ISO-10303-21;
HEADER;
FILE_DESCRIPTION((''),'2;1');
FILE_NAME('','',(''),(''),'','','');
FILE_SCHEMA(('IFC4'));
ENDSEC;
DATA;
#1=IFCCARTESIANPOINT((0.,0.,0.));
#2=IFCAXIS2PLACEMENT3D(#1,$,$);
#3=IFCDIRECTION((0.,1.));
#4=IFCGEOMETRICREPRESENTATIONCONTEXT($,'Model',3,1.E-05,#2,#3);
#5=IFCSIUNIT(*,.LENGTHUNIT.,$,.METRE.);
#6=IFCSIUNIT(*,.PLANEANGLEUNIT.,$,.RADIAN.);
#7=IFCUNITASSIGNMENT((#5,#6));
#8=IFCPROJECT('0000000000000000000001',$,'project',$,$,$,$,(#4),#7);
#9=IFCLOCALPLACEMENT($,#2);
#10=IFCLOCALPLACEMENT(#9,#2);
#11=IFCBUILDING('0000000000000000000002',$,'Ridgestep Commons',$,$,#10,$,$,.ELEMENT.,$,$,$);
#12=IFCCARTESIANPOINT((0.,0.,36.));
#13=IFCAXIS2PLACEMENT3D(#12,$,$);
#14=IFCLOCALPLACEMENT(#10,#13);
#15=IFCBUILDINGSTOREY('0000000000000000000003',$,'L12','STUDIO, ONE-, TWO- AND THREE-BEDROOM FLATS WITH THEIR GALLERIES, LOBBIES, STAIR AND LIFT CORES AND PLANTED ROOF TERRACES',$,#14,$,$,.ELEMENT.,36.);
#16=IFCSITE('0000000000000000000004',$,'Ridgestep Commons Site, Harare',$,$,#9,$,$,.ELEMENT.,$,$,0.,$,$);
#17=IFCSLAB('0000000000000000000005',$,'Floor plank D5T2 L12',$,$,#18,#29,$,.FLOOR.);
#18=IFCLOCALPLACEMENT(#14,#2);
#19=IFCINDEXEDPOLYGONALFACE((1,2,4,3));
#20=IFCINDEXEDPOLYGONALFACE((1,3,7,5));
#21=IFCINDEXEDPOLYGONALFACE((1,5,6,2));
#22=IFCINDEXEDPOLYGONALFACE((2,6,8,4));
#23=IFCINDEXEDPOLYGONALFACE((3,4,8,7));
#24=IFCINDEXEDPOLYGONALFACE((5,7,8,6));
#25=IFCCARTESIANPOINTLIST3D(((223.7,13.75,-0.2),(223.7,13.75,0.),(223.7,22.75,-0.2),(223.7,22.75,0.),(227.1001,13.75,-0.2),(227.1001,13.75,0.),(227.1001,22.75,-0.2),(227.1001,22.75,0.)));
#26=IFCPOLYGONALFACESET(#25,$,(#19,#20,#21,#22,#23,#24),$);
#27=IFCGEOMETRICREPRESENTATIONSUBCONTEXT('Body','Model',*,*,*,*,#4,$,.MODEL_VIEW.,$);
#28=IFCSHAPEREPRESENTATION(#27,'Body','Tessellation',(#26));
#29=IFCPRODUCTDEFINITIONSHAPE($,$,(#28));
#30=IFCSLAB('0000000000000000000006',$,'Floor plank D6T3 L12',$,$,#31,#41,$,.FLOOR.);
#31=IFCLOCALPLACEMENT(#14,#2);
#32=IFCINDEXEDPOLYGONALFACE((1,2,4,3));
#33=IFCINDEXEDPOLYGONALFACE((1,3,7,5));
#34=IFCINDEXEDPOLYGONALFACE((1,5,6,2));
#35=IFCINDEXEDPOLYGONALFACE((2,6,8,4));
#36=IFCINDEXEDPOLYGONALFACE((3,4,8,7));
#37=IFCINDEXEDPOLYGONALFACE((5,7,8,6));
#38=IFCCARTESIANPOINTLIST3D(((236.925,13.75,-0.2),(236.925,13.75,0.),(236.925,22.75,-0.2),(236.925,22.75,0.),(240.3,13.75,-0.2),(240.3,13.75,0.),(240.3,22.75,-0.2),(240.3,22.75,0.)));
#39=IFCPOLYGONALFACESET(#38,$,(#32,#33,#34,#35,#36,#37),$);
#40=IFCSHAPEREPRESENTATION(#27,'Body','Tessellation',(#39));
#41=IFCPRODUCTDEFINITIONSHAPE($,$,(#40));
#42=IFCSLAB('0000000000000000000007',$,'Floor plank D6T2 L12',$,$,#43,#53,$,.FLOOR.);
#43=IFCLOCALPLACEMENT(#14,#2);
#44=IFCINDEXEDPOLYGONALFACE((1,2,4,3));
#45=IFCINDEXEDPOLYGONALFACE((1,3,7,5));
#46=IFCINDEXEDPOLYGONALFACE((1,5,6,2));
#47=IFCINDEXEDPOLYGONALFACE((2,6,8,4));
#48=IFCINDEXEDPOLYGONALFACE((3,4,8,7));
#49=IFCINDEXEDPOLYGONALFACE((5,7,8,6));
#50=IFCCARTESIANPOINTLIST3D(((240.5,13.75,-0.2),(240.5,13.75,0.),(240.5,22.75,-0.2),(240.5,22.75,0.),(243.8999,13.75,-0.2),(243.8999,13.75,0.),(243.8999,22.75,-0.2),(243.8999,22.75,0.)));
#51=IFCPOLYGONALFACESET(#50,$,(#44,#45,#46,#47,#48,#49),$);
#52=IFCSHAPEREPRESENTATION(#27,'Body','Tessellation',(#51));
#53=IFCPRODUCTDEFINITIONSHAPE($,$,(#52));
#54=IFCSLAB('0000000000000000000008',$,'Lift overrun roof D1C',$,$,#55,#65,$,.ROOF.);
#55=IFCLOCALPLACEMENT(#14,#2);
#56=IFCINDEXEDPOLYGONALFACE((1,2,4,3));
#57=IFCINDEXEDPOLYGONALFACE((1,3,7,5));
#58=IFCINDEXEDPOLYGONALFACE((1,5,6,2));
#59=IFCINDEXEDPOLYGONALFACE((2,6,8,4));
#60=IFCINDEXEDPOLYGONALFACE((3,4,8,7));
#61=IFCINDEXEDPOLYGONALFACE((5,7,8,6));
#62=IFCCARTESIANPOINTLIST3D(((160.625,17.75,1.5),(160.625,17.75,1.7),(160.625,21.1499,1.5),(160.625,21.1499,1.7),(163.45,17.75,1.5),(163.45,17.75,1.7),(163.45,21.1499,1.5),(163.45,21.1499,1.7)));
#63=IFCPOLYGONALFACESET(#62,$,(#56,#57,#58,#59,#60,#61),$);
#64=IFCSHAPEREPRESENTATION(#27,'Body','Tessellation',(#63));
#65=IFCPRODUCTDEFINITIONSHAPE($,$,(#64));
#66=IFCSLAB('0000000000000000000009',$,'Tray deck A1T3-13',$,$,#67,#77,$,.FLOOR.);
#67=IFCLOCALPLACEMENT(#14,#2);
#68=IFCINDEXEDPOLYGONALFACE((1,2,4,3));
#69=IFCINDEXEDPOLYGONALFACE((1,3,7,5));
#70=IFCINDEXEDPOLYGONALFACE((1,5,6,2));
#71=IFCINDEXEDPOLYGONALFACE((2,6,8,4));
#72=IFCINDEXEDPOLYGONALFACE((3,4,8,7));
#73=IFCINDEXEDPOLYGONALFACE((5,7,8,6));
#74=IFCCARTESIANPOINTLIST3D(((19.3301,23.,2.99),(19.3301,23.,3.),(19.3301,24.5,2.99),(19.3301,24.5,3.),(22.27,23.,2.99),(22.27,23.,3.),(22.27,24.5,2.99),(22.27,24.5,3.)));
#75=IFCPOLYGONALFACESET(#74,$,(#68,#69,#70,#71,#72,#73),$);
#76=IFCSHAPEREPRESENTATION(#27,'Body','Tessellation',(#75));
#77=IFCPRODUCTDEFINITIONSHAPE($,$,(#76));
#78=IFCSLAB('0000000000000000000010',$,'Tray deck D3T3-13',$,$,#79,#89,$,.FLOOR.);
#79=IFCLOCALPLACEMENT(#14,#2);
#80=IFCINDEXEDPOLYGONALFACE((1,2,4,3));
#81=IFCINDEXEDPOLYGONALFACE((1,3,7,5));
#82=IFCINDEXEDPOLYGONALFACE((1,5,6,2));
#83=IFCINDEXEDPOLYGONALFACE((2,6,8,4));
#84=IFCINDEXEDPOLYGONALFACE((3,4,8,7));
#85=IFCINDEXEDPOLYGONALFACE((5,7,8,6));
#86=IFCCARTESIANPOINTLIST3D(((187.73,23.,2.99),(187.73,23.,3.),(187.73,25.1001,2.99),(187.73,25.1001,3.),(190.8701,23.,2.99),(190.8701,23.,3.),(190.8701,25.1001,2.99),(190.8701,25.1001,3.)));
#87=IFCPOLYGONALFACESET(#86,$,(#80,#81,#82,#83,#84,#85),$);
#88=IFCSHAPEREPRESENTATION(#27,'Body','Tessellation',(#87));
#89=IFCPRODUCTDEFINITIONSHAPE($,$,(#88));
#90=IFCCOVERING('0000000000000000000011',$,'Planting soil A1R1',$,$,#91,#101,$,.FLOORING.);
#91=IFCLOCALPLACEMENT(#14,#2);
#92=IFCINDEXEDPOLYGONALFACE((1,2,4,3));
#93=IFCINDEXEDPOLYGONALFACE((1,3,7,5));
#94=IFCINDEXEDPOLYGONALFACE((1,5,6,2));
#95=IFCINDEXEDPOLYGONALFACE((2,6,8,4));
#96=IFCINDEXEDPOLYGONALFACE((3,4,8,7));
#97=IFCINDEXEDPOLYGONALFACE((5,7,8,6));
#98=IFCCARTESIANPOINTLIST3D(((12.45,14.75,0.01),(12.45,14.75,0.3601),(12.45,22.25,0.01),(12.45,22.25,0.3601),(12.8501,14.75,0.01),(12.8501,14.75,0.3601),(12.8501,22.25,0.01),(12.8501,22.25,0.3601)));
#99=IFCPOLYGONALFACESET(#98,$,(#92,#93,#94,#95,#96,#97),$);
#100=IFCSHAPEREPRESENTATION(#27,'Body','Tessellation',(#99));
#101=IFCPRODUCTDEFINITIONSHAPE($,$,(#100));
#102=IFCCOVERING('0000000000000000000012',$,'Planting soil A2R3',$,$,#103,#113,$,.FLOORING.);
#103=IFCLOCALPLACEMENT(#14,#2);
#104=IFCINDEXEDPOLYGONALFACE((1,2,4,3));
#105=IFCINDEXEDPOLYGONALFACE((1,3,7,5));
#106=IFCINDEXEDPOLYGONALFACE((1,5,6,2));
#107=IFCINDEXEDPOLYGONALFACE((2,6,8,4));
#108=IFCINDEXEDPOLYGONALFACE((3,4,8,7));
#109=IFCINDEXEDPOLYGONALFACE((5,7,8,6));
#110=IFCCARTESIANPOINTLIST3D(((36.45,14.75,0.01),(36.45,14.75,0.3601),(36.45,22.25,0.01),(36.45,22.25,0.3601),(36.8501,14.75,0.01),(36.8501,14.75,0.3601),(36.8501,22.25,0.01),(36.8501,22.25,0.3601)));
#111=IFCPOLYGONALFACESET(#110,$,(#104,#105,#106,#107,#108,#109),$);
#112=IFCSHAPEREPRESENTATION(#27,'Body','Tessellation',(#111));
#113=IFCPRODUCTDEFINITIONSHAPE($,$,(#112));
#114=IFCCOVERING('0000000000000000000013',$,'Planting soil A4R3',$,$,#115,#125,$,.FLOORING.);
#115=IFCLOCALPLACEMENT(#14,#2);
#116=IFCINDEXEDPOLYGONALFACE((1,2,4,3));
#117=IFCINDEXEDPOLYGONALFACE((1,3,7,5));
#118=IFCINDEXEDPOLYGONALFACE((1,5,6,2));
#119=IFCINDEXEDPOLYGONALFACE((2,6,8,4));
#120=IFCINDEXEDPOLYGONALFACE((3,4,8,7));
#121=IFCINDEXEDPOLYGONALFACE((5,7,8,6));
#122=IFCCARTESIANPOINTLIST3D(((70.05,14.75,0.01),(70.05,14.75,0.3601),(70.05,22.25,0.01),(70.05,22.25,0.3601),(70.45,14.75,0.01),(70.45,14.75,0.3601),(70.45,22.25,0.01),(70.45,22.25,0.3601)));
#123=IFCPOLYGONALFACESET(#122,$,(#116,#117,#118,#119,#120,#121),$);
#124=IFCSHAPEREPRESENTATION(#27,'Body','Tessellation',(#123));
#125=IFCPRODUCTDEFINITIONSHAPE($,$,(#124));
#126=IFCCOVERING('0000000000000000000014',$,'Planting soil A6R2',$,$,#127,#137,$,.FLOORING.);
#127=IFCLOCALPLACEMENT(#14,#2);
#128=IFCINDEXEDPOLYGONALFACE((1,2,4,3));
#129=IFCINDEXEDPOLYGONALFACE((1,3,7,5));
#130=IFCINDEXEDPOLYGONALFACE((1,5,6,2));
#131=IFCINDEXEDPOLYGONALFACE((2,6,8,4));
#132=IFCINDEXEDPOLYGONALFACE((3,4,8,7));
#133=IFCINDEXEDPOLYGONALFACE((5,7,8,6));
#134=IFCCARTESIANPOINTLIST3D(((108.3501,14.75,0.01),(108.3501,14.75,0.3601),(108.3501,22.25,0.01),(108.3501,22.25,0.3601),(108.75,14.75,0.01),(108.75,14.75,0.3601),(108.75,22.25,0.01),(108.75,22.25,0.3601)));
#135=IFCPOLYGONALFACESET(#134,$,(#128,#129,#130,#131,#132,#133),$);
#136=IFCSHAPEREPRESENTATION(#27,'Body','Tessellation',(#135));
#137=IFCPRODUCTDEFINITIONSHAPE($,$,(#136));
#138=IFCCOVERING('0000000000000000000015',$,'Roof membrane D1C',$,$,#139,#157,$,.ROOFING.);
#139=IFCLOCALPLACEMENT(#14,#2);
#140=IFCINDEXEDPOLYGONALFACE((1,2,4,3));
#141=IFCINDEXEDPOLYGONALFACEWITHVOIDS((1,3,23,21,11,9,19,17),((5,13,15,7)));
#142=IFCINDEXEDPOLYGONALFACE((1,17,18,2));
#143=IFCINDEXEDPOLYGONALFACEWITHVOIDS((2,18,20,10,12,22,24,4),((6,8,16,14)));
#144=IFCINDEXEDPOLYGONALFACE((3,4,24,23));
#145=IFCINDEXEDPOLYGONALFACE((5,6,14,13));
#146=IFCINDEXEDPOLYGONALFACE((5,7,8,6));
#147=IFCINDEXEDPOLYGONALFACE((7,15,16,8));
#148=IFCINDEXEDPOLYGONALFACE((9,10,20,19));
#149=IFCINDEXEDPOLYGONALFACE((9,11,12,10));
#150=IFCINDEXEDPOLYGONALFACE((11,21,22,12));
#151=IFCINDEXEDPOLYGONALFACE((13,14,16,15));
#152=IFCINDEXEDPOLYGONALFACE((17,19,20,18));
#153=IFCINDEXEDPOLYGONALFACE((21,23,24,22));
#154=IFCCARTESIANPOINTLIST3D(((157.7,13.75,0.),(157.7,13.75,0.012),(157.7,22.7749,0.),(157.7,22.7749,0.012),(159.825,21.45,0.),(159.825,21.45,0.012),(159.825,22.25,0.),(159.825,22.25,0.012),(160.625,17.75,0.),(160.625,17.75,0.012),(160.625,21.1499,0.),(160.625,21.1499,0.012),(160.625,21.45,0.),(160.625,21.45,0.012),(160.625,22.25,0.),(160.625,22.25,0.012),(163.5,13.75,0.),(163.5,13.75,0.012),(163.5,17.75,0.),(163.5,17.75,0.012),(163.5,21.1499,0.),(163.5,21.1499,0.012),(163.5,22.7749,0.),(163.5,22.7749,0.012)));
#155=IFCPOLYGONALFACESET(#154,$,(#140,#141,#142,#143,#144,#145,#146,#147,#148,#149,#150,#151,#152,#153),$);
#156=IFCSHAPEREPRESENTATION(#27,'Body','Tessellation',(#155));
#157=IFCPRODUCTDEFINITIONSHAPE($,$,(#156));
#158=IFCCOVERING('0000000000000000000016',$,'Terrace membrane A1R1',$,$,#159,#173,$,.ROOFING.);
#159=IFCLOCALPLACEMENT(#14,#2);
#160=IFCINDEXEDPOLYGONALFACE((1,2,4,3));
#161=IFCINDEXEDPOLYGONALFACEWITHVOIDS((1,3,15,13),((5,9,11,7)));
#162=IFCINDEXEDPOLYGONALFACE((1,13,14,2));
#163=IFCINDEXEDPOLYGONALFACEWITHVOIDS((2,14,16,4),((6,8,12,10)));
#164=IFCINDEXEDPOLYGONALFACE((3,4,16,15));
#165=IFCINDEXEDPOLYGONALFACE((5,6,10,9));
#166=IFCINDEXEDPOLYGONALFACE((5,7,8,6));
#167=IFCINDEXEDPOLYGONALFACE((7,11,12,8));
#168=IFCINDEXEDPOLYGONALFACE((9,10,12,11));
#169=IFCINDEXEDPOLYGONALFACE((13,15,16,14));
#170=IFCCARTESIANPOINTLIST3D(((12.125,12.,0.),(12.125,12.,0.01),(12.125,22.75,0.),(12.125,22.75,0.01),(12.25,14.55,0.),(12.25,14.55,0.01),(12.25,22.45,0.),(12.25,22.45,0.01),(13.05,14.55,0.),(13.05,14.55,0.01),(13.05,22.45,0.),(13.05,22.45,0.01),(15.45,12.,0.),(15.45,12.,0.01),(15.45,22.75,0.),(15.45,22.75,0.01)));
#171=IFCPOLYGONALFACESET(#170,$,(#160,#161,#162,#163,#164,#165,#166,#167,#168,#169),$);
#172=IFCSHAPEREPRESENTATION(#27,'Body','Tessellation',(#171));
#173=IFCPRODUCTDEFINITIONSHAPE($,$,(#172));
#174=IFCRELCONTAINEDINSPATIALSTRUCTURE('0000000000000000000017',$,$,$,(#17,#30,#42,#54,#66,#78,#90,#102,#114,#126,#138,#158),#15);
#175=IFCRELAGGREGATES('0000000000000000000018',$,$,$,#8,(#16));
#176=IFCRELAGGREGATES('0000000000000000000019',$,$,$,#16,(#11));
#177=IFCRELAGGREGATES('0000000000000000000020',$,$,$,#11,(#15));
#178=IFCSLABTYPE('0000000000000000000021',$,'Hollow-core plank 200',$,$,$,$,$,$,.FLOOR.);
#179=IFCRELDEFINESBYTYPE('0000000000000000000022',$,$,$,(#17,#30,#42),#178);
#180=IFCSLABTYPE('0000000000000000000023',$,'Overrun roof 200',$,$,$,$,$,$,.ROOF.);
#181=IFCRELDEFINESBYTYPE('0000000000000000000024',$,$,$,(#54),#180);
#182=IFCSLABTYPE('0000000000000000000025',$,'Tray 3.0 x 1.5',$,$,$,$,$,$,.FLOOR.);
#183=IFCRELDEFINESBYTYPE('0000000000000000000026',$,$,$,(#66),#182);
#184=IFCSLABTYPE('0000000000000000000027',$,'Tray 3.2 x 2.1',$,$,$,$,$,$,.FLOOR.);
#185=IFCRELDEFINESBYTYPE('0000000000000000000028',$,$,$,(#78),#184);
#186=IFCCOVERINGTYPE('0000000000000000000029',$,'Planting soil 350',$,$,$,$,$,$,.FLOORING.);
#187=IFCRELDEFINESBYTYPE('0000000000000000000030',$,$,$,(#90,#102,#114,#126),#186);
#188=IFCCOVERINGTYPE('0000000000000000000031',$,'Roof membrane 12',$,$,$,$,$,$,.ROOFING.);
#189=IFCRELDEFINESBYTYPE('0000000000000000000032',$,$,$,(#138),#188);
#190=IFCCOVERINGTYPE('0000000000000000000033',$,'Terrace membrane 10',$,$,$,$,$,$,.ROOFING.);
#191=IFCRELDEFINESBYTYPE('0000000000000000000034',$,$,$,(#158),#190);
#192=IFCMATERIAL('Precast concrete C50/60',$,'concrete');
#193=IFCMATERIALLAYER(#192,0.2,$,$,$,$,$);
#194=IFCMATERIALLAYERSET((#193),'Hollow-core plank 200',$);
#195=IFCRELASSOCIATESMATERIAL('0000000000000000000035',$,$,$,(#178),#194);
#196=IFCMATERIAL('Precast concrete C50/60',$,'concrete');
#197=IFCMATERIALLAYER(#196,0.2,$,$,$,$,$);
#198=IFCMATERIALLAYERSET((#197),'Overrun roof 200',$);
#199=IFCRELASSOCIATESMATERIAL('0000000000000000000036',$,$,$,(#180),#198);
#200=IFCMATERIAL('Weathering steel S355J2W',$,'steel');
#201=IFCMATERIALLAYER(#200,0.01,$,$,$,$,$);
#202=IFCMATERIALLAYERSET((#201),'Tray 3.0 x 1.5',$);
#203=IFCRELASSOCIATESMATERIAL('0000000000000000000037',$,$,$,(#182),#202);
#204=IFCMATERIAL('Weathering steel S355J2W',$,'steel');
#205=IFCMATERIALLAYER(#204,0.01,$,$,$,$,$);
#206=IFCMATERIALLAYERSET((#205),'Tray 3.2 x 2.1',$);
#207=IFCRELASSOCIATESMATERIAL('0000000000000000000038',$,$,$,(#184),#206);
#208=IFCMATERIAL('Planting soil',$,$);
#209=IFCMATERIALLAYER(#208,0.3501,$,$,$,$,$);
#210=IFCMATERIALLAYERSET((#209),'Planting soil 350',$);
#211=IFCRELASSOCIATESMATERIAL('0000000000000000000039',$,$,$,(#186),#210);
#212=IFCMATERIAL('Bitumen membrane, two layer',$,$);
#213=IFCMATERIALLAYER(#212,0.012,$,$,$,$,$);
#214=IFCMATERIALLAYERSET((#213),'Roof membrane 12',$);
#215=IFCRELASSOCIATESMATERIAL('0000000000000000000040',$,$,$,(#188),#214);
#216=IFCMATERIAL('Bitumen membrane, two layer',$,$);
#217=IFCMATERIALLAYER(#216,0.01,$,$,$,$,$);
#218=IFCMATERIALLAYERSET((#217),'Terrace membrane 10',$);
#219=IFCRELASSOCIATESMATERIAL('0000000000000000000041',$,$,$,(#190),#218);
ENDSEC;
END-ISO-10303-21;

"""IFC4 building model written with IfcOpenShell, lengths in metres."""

from ifc_helpers import new_model, si_unit, direction, frame, origin, place, context, subcontext, project, spatial, polyline, outline, extrude, material, layer, layer_set, type_object, element, save


model = new_model("IFC4")

# Units and contexts
model_context = context("Model", 3, precision=1e-05, world=origin(), true_north=direction((0.0, 1.0)))
body_context = subcontext(model_context, "Body", "Model", "MODEL_VIEW")
ifc_project = project(units=[si_unit("LENGTHUNIT", "METRE"), si_unit("PLANEANGLEUNIT", "RADIAN")], contexts=[model_context])

# Site, building, storey
site_placement = place(None, origin())
site = spatial("IfcSite", under=ifc_project, at=site_placement, Name="Ridgestep Commons Site, Harare", CompositionType="ELEMENT", RefElevation=0.0)
building_placement = place(site_placement, origin())
building = spatial("IfcBuilding", under=site, at=building_placement, Name="Ridgestep Commons", CompositionType="ELEMENT")
storey_placement = place(building_placement, frame((0.0, 0.0, 36.0)))
storey = spatial("IfcBuildingStorey", under=building, at=storey_placement, Name="L12", Description="STUDIO, ONE-, TWO- AND THREE-BEDROOM FLATS WITH THEIR GALLERIES, LOBBIES, STAIR AND LIFT CORES AND PLANTED ROOF TERRACES", CompositionType="ELEMENT", Elevation=36.0)

# Slabs
ifc_material_1 = material(Name="Precast concrete C50/60", Category="concrete")
ifc_layer_1 = layer(ifc_material_1, 0.2)
ifc_layer_set_1 = layer_set([ifc_layer_1], Name="Hollow-core plank 200")
slab_type_1 = type_object("IfcSlabType", Name="Hollow-core plank 200", PredefinedType="FLOOR", material=ifc_layer_set_1)
slab_1_placement = place(storey_placement, frame((0.0, 0.0, -0.2)))
element("IfcSlab", 1, at=slab_1_placement, inside=storey, type_object=slab_type_1, Name="Floor plank D5T2 L12", PredefinedType="FLOOR", context=body_context, shape_type="SweptSolid", body=[
    extrude(outline(polyline([(227.1001, 13.75), (227.1001, 22.75), (223.7, 22.75), (223.7, 13.75), (227.1001, 13.75)])), origin(), (0.0, 0.0, 1.0), 0.2),
])
slab_2_placement = place(storey_placement, frame((0.0, 0.0, -0.2)))
element("IfcSlab", 2, at=slab_2_placement, inside=storey, type_object=slab_type_1, Name="Floor plank D6T3 L12", PredefinedType="FLOOR", context=body_context, shape_type="SweptSolid", body=[
    extrude(outline(polyline([(240.3, 13.75), (240.3, 22.75), (236.925, 22.75), (236.925, 13.75), (240.3, 13.75)])), origin(), (0.0, 0.0, 1.0), 0.2),
])
slab_3_placement = place(storey_placement, frame((0.0, 0.0, -0.2)))
element("IfcSlab", 3, at=slab_3_placement, inside=storey, type_object=slab_type_1, Name="Floor plank D6T2 L12", PredefinedType="FLOOR", context=body_context, shape_type="SweptSolid", body=[
    extrude(outline(polyline([(243.8999, 13.75), (243.8999, 22.75), (240.5, 22.75), (240.5, 13.75), (243.8999, 13.75)])), origin(), (0.0, 0.0, 1.0), 0.2),
])
ifc_material_2 = material(Name="Precast concrete C50/60", Category="concrete")
ifc_layer_2 = layer(ifc_material_2, 0.2)
ifc_layer_set_2 = layer_set([ifc_layer_2], Name="Overrun roof 200")
slab_type_2 = type_object("IfcSlabType", Name="Overrun roof 200", PredefinedType="ROOF", material=ifc_layer_set_2)
slab_4_placement = place(storey_placement, frame((0.0, 0.0, 1.5)))
element("IfcSlab", 4, at=slab_4_placement, inside=storey, type_object=slab_type_2, Name="Lift overrun roof D1C", PredefinedType="ROOF", context=body_context, shape_type="SweptSolid", body=[
    extrude(outline(polyline([(160.625, 17.75), (163.45, 17.75), (163.45, 21.1499), (160.625, 21.1499), (160.625, 17.75)])), origin(), (0.0, 0.0, 1.0), 0.2),
])
ifc_material_3 = material(Name="Weathering steel S355J2W", Category="steel")
ifc_layer_3 = layer(ifc_material_3, 0.01)
ifc_layer_set_3 = layer_set([ifc_layer_3], Name="Tray 3.0 x 1.5")
slab_type_3 = type_object("IfcSlabType", Name="Tray 3.0 x 1.5", PredefinedType="FLOOR", material=ifc_layer_set_3)
slab_5_placement = place(storey_placement, frame((0.0, 0.0, 2.99)))
element("IfcSlab", 5, at=slab_5_placement, inside=storey, type_object=slab_type_3, Name="Tray deck A1T3-13", PredefinedType="FLOOR", context=body_context, shape_type="SweptSolid", body=[
    extrude(outline(polyline([(19.3301, 23.0), (22.27, 23.0), (22.27, 24.5), (19.3301, 24.5), (19.3301, 23.0)])), origin(), (0.0, 0.0, 1.0), 0.01),
])
ifc_material_4 = material(Name="Weathering steel S355J2W", Category="steel")
ifc_layer_4 = layer(ifc_material_4, 0.01)
ifc_layer_set_4 = layer_set([ifc_layer_4], Name="Tray 3.2 x 2.1")
slab_type_4 = type_object("IfcSlabType", Name="Tray 3.2 x 2.1", PredefinedType="FLOOR", material=ifc_layer_set_4)
slab_6_placement = place(storey_placement, frame((0.0, 0.0, 2.99)))
element("IfcSlab", 6, at=slab_6_placement, inside=storey, type_object=slab_type_4, Name="Tray deck D3T3-13", PredefinedType="FLOOR", context=body_context, shape_type="SweptSolid", body=[
    extrude(outline(polyline([(187.73, 23.0), (190.8701, 23.0), (190.8701, 25.1001), (187.73, 25.1001), (187.73, 23.0)])), origin(), (0.0, 0.0, 1.0), 0.01),
])

# Coverings
ifc_material_5 = material(Name="Planting soil")
ifc_layer_5 = layer(ifc_material_5, 0.3501)
ifc_layer_set_5 = layer_set([ifc_layer_5], Name="Planting soil 350")
covering_type_1 = type_object("IfcCoveringType", Name="Planting soil 350", PredefinedType="FLOORING", material=ifc_layer_set_5)
covering_1_placement = place(storey_placement, frame((0.0, 0.0, 0.01)))
element("IfcCovering", 7, at=covering_1_placement, inside=storey, type_object=covering_type_1, Name="Planting soil A1R1", PredefinedType="FLOORING", context=body_context, shape_type="SweptSolid", body=[
    extrude(outline(polyline([(12.45, 14.75), (12.8501, 14.75), (12.8501, 22.25), (12.45, 22.25), (12.45, 14.75)])), origin(), (0.0, 0.0, 1.0), 0.3501),
])
covering_2_placement = place(storey_placement, frame((0.0, 0.0, 0.01)))
element("IfcCovering", 8, at=covering_2_placement, inside=storey, type_object=covering_type_1, Name="Planting soil A2R3", PredefinedType="FLOORING", context=body_context, shape_type="SweptSolid", body=[
    extrude(outline(polyline([(36.45, 14.75), (36.8501, 14.75), (36.8501, 22.25), (36.45, 22.25), (36.45, 14.75)])), origin(), (0.0, 0.0, 1.0), 0.3501),
])
covering_3_placement = place(storey_placement, frame((0.0, 0.0, 0.01)))
element("IfcCovering", 9, at=covering_3_placement, inside=storey, type_object=covering_type_1, Name="Planting soil A4R3", PredefinedType="FLOORING", context=body_context, shape_type="SweptSolid", body=[
    extrude(outline(polyline([(70.05, 14.75), (70.45, 14.75), (70.45, 22.25), (70.05, 22.25), (70.05, 14.75)])), origin(), (0.0, 0.0, 1.0), 0.3501),
])
covering_4_placement = place(storey_placement, frame((0.0, 0.0, 0.01)))
element("IfcCovering", 10, at=covering_4_placement, inside=storey, type_object=covering_type_1, Name="Planting soil A6R2", PredefinedType="FLOORING", context=body_context, shape_type="SweptSolid", body=[
    extrude(outline(polyline([(108.3501, 14.75), (108.75, 14.75), (108.75, 22.25), (108.3501, 22.25), (108.3501, 14.75)])), origin(), (0.0, 0.0, 1.0), 0.3501),
])
ifc_material_6 = material(Name="Bitumen membrane, two layer")
ifc_layer_6 = layer(ifc_material_6, 0.012)
ifc_layer_set_6 = layer_set([ifc_layer_6], Name="Roof membrane 12")
covering_type_2 = type_object("IfcCoveringType", Name="Roof membrane 12", PredefinedType="ROOFING", material=ifc_layer_set_6)
covering_5_placement = place(storey_placement, origin())
element("IfcCovering", 11, at=covering_5_placement, inside=storey, type_object=covering_type_2, Name="Roof membrane D1C", PredefinedType="ROOFING", context=body_context, shape_type="SweptSolid", body=[
    extrude(outline(polyline([(157.7, 13.75), (157.7, 22.7749), (163.5, 22.7749), (163.5, 21.1499), (160.625, 21.1499), (160.625, 17.75), (163.5, 17.75), (163.5, 13.75), (157.7, 13.75)]), holes=[polyline([(160.625, 22.25), (159.825, 22.25), (159.825, 21.45), (160.625, 21.45), (160.625, 22.25)])]), origin(), (0.0, 0.0, 1.0), 0.012),
])
ifc_material_7 = material(Name="Bitumen membrane, two layer")
ifc_layer_7 = layer(ifc_material_7, 0.01)
ifc_layer_set_7 = layer_set([ifc_layer_7], Name="Terrace membrane 10")
covering_type_3 = type_object("IfcCoveringType", Name="Terrace membrane 10", PredefinedType="ROOFING", material=ifc_layer_set_7)
covering_6_placement = place(storey_placement, origin())
element("IfcCovering", 12, at=covering_6_placement, inside=storey, type_object=covering_type_3, Name="Terrace membrane A1R1", PredefinedType="ROOFING", context=body_context, shape_type="SweptSolid", body=[
    extrude(outline(polyline([(15.45, 12.0), (15.45, 22.75), (12.125, 22.75), (12.125, 12.0), (15.45, 12.0)]), holes=[polyline([(13.05, 14.55), (13.05, 22.45), (12.25, 22.45), (12.25, 14.55), (13.05, 14.55)])]), origin(), (0.0, 0.0, 1.0), 0.01),
])

save(model, "model.ifc")
